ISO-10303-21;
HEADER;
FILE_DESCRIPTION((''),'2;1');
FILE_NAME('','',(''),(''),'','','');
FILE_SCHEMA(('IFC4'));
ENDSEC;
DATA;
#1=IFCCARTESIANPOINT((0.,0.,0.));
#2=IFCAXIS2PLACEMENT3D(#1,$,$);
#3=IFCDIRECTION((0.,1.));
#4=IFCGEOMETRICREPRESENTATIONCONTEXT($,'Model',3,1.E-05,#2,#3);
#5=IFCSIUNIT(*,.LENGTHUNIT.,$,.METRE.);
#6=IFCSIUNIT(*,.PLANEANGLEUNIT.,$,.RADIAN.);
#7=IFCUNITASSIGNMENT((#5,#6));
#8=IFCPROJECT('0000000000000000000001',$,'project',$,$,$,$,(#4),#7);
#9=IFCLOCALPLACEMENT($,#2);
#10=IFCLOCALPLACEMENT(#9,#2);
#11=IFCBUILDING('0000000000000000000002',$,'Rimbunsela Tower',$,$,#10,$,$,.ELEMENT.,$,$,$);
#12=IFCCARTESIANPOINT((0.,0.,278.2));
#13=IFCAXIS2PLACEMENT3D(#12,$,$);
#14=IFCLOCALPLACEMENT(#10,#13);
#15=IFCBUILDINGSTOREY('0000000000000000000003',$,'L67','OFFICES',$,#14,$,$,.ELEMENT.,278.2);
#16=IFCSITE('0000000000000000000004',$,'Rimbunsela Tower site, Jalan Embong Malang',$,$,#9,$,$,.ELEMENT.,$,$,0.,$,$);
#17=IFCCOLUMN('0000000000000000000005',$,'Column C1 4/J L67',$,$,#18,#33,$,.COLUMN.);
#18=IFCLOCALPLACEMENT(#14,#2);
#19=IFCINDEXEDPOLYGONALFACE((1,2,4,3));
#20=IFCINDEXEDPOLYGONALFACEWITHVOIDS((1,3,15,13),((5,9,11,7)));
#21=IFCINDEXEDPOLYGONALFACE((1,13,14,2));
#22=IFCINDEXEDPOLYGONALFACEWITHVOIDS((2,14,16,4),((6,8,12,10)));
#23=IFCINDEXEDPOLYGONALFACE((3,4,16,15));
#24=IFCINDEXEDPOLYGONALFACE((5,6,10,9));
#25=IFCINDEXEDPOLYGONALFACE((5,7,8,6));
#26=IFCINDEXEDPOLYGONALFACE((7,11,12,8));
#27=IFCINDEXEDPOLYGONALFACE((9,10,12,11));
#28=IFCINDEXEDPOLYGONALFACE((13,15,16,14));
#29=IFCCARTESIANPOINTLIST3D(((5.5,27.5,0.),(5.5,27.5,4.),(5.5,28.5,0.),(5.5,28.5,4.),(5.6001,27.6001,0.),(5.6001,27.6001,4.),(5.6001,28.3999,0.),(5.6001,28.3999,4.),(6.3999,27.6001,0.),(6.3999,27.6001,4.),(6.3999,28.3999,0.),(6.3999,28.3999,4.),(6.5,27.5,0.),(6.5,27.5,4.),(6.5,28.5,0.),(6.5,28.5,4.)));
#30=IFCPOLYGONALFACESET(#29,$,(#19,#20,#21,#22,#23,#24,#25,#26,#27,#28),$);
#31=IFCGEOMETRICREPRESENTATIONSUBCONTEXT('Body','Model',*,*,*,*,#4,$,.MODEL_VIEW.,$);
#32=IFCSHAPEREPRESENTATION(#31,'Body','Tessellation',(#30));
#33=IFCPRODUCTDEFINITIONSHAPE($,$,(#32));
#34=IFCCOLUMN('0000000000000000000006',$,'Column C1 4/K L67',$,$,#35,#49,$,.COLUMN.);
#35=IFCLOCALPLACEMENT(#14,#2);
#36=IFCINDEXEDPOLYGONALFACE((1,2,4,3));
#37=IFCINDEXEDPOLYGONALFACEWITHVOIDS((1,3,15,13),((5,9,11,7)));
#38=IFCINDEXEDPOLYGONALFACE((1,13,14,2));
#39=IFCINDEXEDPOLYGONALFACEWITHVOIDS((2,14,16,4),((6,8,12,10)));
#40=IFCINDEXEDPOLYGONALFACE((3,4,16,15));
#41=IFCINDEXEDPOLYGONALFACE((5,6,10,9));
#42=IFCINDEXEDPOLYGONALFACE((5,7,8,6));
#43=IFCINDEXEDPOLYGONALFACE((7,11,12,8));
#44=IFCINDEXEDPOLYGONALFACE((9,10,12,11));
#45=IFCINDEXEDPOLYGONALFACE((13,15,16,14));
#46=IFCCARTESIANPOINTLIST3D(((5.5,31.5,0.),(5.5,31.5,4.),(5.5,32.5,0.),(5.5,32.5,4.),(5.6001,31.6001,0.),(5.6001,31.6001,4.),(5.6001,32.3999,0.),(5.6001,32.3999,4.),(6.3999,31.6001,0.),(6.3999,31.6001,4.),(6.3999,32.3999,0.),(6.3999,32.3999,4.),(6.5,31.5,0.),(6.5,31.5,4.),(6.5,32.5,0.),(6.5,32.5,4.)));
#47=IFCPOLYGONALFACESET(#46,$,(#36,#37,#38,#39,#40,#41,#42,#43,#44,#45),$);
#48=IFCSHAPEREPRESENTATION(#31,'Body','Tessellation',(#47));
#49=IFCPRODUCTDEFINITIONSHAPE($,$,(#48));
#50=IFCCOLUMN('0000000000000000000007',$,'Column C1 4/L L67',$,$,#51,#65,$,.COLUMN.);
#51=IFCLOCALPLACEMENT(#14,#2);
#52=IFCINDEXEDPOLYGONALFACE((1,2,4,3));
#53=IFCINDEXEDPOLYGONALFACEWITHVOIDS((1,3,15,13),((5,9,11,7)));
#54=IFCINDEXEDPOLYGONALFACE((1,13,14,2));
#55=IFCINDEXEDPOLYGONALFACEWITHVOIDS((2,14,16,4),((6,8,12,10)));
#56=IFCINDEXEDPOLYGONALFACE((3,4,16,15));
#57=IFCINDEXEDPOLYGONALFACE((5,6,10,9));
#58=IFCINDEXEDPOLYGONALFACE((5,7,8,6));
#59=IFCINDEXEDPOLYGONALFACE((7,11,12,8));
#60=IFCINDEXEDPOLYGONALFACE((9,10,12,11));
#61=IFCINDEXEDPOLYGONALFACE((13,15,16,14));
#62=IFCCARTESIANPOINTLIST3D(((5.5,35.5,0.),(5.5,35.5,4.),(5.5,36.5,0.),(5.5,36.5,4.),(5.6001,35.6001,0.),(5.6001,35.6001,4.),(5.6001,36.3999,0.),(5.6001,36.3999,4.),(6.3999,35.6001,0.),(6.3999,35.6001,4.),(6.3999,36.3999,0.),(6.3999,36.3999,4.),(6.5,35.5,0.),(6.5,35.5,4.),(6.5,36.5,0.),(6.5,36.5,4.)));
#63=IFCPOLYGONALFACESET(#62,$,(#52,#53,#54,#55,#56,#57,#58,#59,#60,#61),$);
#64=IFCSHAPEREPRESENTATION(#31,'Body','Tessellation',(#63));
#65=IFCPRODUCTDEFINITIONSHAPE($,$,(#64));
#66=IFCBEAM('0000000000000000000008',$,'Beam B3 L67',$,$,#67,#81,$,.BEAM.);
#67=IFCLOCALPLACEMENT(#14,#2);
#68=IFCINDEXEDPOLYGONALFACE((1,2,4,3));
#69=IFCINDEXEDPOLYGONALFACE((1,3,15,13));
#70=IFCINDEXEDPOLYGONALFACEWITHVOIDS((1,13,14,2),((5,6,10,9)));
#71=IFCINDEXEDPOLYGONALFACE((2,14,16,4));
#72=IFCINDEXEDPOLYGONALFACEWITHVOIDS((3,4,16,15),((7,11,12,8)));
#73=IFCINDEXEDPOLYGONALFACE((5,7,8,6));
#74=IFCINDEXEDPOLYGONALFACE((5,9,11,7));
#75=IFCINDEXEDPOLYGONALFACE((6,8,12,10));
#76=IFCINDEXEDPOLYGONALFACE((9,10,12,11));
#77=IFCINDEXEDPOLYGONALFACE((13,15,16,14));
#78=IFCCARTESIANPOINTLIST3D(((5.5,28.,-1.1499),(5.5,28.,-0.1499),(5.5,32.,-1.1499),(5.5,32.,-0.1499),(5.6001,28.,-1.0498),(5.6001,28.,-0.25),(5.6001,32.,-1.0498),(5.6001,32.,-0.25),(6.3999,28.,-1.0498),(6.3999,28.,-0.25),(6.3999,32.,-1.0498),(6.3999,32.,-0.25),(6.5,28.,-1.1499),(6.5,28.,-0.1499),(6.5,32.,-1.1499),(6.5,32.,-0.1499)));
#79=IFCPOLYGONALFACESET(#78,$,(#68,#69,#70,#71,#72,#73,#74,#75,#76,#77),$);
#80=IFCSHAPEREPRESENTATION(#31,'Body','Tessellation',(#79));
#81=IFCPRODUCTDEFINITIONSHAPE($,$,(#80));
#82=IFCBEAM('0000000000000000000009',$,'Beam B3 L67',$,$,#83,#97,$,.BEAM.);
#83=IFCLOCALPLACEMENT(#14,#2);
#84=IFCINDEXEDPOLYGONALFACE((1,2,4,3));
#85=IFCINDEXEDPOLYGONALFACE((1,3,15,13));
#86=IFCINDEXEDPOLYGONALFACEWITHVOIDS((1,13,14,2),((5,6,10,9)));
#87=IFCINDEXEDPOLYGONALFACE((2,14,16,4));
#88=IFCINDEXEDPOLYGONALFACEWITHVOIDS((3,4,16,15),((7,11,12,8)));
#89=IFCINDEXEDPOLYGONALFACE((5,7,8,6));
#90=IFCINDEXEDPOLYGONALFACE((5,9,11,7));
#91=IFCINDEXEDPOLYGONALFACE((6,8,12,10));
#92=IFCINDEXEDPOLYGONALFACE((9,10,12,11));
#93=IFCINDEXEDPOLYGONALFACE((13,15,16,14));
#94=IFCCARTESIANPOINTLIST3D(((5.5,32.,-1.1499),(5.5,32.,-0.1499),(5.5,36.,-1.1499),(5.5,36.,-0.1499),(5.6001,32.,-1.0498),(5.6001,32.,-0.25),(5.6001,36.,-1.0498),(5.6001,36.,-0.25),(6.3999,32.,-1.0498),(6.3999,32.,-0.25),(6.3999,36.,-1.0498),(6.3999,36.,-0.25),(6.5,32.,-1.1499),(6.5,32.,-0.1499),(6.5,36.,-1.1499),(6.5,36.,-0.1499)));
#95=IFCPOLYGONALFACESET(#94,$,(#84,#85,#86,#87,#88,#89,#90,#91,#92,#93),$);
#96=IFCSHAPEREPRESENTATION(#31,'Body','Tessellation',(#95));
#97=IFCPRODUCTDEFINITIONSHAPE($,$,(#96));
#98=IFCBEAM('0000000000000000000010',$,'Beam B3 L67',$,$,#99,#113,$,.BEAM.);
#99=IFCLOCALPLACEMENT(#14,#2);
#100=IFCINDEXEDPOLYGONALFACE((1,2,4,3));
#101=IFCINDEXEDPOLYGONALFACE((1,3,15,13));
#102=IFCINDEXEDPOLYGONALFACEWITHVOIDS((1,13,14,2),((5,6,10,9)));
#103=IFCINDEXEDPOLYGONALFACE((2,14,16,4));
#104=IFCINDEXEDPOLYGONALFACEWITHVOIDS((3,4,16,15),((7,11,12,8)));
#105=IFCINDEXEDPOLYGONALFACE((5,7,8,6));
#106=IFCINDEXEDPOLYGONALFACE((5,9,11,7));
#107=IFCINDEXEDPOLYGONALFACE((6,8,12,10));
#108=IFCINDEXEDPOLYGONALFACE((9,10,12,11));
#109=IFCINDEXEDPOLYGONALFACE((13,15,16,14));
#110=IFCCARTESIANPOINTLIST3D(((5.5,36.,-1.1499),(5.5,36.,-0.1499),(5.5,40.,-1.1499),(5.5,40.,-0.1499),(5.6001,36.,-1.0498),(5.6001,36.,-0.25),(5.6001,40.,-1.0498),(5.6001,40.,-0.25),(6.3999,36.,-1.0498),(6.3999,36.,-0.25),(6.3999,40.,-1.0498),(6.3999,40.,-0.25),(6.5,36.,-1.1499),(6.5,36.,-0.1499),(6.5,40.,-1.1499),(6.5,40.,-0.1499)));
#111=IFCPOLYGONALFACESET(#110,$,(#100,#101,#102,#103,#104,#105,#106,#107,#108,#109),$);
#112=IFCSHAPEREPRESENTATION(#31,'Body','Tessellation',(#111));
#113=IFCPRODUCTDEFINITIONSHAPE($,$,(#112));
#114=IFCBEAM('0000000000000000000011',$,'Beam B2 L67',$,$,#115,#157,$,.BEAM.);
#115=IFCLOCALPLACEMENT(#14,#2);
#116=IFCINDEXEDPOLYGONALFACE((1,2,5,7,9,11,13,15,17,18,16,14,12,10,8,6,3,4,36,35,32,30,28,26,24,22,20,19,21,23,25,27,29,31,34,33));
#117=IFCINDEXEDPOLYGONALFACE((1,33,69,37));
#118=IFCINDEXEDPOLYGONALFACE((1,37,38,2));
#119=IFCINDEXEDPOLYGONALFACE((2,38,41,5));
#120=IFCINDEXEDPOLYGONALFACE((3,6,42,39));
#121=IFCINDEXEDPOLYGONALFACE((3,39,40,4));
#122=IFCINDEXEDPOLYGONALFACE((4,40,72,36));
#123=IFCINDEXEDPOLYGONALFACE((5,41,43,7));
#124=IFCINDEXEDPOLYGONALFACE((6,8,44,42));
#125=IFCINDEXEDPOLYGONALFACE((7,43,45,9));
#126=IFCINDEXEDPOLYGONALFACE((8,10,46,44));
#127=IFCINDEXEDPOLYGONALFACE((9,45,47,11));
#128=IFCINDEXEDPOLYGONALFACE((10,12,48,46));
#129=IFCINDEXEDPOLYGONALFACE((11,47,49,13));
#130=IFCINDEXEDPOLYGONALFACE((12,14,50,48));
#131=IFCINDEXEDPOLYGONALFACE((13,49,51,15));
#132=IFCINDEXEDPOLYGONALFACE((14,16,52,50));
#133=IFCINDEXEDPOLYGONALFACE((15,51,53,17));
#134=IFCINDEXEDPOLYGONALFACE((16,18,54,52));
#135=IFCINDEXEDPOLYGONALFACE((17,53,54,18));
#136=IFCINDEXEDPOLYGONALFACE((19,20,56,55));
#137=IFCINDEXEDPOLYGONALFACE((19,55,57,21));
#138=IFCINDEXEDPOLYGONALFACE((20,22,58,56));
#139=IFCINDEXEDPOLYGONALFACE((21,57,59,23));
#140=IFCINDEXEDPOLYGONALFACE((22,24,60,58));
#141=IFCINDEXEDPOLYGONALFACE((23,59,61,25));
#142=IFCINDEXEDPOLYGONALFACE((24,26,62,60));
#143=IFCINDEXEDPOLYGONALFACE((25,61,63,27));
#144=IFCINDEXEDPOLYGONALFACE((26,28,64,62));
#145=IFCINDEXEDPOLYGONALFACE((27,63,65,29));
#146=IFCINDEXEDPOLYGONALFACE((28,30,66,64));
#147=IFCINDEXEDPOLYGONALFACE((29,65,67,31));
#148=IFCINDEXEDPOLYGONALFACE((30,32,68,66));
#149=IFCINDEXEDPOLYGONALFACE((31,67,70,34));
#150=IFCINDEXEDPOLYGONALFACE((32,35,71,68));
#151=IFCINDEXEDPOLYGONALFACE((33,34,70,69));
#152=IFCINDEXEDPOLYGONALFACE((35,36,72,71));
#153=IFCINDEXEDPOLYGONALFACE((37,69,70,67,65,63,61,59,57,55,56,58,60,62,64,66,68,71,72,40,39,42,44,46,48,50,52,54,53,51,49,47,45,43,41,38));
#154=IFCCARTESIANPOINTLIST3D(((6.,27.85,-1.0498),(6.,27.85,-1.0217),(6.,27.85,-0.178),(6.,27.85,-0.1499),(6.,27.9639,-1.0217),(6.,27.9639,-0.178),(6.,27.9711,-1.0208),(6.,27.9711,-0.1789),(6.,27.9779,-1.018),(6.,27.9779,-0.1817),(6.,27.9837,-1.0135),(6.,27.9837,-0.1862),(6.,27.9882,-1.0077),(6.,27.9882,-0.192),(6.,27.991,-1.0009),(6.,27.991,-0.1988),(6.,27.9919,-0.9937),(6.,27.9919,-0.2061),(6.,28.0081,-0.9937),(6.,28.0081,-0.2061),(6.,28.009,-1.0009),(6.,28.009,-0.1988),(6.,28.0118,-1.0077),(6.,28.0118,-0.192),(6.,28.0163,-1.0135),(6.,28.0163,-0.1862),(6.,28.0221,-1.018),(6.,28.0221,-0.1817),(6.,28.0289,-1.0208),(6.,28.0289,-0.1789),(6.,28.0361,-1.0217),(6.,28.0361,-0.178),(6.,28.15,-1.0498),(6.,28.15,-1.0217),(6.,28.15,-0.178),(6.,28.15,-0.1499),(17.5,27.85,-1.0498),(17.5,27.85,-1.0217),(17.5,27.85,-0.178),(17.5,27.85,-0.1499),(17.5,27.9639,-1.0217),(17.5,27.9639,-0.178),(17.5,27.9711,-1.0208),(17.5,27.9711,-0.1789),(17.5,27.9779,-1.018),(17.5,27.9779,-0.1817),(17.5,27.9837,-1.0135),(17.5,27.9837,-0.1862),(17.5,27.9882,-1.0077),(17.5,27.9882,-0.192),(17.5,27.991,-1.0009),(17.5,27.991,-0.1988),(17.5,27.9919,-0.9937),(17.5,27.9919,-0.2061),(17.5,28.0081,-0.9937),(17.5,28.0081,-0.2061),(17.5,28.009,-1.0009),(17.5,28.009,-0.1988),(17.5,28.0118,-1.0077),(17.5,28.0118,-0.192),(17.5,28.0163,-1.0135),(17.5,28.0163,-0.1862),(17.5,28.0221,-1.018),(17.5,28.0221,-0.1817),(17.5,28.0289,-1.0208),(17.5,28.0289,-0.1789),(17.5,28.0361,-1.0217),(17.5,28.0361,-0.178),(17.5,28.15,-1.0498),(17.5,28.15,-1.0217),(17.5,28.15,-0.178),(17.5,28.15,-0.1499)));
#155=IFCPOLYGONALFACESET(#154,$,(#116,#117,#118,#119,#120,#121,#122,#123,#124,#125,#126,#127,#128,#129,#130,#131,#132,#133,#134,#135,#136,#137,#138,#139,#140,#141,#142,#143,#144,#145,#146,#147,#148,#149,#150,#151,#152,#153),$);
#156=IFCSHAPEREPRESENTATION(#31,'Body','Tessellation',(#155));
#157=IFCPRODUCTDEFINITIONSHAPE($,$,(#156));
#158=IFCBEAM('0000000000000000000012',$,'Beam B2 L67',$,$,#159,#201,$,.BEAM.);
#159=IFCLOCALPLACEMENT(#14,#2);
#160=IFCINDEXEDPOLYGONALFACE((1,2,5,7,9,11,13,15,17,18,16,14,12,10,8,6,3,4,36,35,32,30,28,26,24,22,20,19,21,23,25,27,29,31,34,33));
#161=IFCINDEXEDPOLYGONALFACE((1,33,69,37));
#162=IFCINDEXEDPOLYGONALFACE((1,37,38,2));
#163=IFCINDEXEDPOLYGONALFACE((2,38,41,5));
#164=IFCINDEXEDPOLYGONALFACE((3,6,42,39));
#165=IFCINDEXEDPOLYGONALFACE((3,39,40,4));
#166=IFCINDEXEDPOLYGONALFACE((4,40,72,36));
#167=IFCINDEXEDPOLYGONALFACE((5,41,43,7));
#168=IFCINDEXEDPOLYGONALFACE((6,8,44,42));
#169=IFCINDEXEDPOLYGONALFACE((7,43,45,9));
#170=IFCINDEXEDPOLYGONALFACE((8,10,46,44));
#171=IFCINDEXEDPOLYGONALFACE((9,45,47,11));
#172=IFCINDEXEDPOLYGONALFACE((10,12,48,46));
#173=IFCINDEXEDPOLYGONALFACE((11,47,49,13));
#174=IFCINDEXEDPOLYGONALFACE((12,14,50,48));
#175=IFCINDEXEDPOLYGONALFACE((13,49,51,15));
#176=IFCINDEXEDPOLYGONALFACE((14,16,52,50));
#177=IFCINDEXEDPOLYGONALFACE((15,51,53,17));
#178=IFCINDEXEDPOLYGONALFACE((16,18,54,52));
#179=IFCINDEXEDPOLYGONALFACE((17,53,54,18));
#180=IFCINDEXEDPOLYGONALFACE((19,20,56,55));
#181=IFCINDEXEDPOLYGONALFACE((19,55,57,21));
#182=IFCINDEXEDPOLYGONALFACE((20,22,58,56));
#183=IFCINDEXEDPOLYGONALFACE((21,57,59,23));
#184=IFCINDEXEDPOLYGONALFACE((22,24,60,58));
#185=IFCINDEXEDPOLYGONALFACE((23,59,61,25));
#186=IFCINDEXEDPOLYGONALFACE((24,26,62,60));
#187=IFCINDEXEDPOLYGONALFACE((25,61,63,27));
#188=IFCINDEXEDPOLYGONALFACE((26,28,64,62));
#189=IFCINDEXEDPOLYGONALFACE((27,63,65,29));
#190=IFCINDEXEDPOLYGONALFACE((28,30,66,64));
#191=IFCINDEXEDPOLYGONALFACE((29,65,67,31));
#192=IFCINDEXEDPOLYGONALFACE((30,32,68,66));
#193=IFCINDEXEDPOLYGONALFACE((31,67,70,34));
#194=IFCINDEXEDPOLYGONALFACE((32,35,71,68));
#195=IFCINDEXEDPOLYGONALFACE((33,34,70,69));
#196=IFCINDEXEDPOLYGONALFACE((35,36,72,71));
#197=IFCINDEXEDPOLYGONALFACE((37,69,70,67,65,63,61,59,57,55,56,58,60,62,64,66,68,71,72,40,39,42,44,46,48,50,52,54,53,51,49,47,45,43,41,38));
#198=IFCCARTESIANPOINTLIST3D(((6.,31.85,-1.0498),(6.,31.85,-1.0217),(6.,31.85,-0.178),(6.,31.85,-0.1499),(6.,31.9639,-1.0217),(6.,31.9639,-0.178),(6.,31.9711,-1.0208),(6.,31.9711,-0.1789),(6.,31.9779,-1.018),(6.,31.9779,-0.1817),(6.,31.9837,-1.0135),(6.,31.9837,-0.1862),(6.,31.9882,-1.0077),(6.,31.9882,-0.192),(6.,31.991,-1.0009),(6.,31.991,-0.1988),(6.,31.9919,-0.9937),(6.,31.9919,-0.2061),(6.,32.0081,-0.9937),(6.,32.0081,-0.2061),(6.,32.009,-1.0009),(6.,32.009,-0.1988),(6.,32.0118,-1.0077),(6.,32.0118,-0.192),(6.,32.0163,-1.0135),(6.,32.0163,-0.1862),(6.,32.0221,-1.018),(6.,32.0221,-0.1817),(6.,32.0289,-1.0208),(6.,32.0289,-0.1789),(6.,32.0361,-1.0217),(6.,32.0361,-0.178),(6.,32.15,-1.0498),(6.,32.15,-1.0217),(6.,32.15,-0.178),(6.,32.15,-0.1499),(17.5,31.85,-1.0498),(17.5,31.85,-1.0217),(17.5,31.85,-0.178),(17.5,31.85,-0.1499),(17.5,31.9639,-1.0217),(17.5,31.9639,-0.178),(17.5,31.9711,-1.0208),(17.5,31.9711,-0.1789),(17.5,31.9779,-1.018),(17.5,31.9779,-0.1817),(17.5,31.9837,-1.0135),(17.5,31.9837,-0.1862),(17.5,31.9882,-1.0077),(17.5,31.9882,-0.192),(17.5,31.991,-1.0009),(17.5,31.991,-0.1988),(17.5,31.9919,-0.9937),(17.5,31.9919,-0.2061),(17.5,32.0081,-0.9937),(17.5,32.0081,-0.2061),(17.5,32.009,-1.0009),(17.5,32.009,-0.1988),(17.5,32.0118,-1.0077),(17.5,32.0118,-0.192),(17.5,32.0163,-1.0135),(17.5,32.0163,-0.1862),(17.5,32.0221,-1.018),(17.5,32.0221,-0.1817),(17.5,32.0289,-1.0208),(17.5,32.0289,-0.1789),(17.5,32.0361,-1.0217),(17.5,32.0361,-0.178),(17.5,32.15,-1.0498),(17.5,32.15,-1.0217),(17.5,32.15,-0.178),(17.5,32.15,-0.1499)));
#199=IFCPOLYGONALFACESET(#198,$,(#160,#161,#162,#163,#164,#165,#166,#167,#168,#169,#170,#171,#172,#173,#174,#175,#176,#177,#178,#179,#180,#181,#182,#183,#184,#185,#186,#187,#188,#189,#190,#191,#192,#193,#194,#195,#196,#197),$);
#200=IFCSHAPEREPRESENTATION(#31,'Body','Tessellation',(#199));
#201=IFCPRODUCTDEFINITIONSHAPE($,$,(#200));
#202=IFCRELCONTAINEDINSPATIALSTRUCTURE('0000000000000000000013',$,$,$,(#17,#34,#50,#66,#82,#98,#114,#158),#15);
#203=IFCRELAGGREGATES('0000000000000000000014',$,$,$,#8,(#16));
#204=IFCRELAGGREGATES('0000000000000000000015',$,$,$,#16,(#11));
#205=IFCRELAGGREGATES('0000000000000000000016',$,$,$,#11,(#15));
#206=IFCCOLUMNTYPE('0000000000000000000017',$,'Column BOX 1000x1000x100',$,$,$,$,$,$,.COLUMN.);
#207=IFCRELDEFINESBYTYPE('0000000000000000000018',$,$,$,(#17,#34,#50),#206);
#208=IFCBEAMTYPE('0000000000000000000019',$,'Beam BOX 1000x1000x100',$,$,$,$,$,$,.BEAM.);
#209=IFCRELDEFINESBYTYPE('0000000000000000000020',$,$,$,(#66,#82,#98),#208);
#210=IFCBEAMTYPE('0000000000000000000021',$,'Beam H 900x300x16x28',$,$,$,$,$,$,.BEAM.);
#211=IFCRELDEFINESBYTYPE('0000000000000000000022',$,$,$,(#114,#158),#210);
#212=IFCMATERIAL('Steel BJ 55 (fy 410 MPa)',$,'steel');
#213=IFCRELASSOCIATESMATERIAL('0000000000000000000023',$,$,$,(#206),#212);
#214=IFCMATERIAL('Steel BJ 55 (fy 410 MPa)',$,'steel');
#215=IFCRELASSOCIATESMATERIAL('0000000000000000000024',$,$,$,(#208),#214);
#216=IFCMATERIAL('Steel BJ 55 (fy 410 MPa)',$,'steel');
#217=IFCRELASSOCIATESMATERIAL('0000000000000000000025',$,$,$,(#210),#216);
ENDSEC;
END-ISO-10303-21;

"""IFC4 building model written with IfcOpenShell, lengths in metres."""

from ifc_helpers import new_model, si_unit, direction, frame, origin, origin_2d, place, context, subcontext, project, spatial, hollow_rectangle, i_section, extrude, material, material_profile, profile_set, type_object, element, save


model = new_model("IFC4")

# Units and contexts
model_context = context("Model", 3, precision=1e-05, world=origin(), true_north=direction((0.0, 1.0)))
body_context = subcontext(model_context, "Body", "Model", "MODEL_VIEW")
ifc_project = project(units=[si_unit("LENGTHUNIT", "METRE"), si_unit("PLANEANGLEUNIT", "RADIAN")], contexts=[model_context])

# Site, building, storey
site_placement = place(None, origin())
site = spatial("IfcSite", under=ifc_project, at=site_placement, Name="Rimbunsela Tower site, Jalan Embong Malang", CompositionType="ELEMENT", RefElevation=0.0)
building_placement = place(site_placement, origin())
building = spatial("IfcBuilding", under=site, at=building_placement, Name="Rimbunsela Tower", CompositionType="ELEMENT")
storey_placement = place(building_placement, frame((0.0, 0.0, 278.2)))
storey = spatial("IfcBuildingStorey", under=building, at=storey_placement, Name="L67", Description="OFFICES", CompositionType="ELEMENT", Elevation=278.2)

# Columns
ifc_material_1 = material(Name="Steel BJ 55 (fy 410 MPa)", Category="steel")
ifc_material_profile_1 = material_profile(ifc_material_1, hollow_rectangle(XDim=1.0, YDim=1.0, WallThickness=0.1001, at=origin_2d()), Name="BOX 1000x1000x100")
ifc_profile_set_1 = profile_set([ifc_material_profile_1], Name="Steel BJ 55 (fy 410 MPa)")
column_type = type_object("IfcColumnType", Name="Column BOX 1000x1000x100", PredefinedType="COLUMN", material=ifc_profile_set_1)
for number, where, z_axis, x_axis, name in (
    (1, (6.0, 28.0, 0.0), (0.0, 0.0, 1.0), (1.0, 0.0, 0.0), "Column C1 4/J L67"),
    (2, (6.0, 32.0, 0.0), (0.0, 0.0, 1.0), (1.0, 0.0, 0.0), "Column C1 4/K L67"),
    (3, (6.0, 36.0, 0.0), (0.0, 0.0, 1.0), (1.0, 0.0, 0.0), "Column C1 4/L L67"),
):
    element("IfcColumn", number, at=place(storey_placement, frame(where, z_axis=z_axis, x_axis=x_axis)), inside=storey, type_object=column_type, Name=name, PredefinedType="COLUMN", context=body_context, shape_type="SweptSolid", body=[
        extrude(hollow_rectangle(XDim=1.0, YDim=1.0, WallThickness=0.1001, at=origin_2d()), origin(), (0.0, 0.0, 1.0), 4.0),
    ])

# Beams
ifc_material_2 = material(Name="Steel BJ 55 (fy 410 MPa)", Category="steel")
ifc_material_profile_2 = material_profile(ifc_material_2, hollow_rectangle(XDim=1.0, YDim=1.0, WallThickness=0.1001, at=origin_2d()), Name="BOX 1000x1000x100")
ifc_profile_set_2 = profile_set([ifc_material_profile_2], Name="Steel BJ 55 (fy 410 MPa)")
beam_type_1 = type_object("IfcBeamType", Name="Beam BOX 1000x1000x100", PredefinedType="BEAM", material=ifc_profile_set_2)
for number, where, z_axis, x_axis, name in (
    (4, (6.0, 28.0, -0.6499), (0.0, 1.0, 0.0), (-1.0, 0.0, 0.0), "Beam B3 L67"),
    (5, (6.0, 32.0, -0.6499), (0.0, 1.0, 0.0), (-1.0, 0.0, 0.0), "Beam B3 L67"),
    (6, (6.0, 36.0, -0.6499), (0.0, 1.0, 0.0), (-1.0, 0.0, 0.0), "Beam B3 L67"),
):
    element("IfcBeam", number, at=place(storey_placement, frame(where, z_axis=z_axis, x_axis=x_axis)), inside=storey, type_object=beam_type_1, Name=name, PredefinedType="BEAM", context=body_context, shape_type="SweptSolid", body=[
        extrude(hollow_rectangle(XDim=1.0, YDim=1.0, WallThickness=0.1001, at=origin_2d()), origin(), (0.0, 0.0, 1.0), 4.0),
    ])
ifc_material_3 = material(Name="Steel BJ 55 (fy 410 MPa)", Category="steel")
ifc_material_profile_3 = material_profile(ifc_material_3, i_section(OverallWidth=0.3, OverallDepth=0.8999, WebThickness=0.0161, FlangeThickness=0.0281, FilletRadius=0.0281, at=origin_2d()), Name="H 900x300x16x28")
ifc_profile_set_3 = profile_set([ifc_material_profile_3], Name="Steel BJ 55 (fy 410 MPa)")
beam_type_2 = type_object("IfcBeamType", Name="Beam H 900x300x16x28", PredefinedType="BEAM", material=ifc_profile_set_3)
for number, where, z_axis, x_axis, name in (
    (7, (6.0, 28.0, -0.5999), (1.0, 0.0, 0.0), (0.0, 1.0, 0.0), "Beam B2 L67"),
    (8, (6.0, 32.0, -0.5999), (1.0, 0.0, 0.0), (0.0, 1.0, 0.0), "Beam B2 L67"),
):
    element("IfcBeam", number, at=place(storey_placement, frame(where, z_axis=z_axis, x_axis=x_axis)), inside=storey, type_object=beam_type_2, Name=name, PredefinedType="BEAM", context=body_context, shape_type="SweptSolid", body=[
        extrude(i_section(OverallWidth=0.3, OverallDepth=0.8999, WebThickness=0.0161, FlangeThickness=0.0281, FilletRadius=0.0281, at=origin_2d()), origin(), (0.0, 0.0, 1.0), 11.5),
    ])

save(model, "model.ifc")
